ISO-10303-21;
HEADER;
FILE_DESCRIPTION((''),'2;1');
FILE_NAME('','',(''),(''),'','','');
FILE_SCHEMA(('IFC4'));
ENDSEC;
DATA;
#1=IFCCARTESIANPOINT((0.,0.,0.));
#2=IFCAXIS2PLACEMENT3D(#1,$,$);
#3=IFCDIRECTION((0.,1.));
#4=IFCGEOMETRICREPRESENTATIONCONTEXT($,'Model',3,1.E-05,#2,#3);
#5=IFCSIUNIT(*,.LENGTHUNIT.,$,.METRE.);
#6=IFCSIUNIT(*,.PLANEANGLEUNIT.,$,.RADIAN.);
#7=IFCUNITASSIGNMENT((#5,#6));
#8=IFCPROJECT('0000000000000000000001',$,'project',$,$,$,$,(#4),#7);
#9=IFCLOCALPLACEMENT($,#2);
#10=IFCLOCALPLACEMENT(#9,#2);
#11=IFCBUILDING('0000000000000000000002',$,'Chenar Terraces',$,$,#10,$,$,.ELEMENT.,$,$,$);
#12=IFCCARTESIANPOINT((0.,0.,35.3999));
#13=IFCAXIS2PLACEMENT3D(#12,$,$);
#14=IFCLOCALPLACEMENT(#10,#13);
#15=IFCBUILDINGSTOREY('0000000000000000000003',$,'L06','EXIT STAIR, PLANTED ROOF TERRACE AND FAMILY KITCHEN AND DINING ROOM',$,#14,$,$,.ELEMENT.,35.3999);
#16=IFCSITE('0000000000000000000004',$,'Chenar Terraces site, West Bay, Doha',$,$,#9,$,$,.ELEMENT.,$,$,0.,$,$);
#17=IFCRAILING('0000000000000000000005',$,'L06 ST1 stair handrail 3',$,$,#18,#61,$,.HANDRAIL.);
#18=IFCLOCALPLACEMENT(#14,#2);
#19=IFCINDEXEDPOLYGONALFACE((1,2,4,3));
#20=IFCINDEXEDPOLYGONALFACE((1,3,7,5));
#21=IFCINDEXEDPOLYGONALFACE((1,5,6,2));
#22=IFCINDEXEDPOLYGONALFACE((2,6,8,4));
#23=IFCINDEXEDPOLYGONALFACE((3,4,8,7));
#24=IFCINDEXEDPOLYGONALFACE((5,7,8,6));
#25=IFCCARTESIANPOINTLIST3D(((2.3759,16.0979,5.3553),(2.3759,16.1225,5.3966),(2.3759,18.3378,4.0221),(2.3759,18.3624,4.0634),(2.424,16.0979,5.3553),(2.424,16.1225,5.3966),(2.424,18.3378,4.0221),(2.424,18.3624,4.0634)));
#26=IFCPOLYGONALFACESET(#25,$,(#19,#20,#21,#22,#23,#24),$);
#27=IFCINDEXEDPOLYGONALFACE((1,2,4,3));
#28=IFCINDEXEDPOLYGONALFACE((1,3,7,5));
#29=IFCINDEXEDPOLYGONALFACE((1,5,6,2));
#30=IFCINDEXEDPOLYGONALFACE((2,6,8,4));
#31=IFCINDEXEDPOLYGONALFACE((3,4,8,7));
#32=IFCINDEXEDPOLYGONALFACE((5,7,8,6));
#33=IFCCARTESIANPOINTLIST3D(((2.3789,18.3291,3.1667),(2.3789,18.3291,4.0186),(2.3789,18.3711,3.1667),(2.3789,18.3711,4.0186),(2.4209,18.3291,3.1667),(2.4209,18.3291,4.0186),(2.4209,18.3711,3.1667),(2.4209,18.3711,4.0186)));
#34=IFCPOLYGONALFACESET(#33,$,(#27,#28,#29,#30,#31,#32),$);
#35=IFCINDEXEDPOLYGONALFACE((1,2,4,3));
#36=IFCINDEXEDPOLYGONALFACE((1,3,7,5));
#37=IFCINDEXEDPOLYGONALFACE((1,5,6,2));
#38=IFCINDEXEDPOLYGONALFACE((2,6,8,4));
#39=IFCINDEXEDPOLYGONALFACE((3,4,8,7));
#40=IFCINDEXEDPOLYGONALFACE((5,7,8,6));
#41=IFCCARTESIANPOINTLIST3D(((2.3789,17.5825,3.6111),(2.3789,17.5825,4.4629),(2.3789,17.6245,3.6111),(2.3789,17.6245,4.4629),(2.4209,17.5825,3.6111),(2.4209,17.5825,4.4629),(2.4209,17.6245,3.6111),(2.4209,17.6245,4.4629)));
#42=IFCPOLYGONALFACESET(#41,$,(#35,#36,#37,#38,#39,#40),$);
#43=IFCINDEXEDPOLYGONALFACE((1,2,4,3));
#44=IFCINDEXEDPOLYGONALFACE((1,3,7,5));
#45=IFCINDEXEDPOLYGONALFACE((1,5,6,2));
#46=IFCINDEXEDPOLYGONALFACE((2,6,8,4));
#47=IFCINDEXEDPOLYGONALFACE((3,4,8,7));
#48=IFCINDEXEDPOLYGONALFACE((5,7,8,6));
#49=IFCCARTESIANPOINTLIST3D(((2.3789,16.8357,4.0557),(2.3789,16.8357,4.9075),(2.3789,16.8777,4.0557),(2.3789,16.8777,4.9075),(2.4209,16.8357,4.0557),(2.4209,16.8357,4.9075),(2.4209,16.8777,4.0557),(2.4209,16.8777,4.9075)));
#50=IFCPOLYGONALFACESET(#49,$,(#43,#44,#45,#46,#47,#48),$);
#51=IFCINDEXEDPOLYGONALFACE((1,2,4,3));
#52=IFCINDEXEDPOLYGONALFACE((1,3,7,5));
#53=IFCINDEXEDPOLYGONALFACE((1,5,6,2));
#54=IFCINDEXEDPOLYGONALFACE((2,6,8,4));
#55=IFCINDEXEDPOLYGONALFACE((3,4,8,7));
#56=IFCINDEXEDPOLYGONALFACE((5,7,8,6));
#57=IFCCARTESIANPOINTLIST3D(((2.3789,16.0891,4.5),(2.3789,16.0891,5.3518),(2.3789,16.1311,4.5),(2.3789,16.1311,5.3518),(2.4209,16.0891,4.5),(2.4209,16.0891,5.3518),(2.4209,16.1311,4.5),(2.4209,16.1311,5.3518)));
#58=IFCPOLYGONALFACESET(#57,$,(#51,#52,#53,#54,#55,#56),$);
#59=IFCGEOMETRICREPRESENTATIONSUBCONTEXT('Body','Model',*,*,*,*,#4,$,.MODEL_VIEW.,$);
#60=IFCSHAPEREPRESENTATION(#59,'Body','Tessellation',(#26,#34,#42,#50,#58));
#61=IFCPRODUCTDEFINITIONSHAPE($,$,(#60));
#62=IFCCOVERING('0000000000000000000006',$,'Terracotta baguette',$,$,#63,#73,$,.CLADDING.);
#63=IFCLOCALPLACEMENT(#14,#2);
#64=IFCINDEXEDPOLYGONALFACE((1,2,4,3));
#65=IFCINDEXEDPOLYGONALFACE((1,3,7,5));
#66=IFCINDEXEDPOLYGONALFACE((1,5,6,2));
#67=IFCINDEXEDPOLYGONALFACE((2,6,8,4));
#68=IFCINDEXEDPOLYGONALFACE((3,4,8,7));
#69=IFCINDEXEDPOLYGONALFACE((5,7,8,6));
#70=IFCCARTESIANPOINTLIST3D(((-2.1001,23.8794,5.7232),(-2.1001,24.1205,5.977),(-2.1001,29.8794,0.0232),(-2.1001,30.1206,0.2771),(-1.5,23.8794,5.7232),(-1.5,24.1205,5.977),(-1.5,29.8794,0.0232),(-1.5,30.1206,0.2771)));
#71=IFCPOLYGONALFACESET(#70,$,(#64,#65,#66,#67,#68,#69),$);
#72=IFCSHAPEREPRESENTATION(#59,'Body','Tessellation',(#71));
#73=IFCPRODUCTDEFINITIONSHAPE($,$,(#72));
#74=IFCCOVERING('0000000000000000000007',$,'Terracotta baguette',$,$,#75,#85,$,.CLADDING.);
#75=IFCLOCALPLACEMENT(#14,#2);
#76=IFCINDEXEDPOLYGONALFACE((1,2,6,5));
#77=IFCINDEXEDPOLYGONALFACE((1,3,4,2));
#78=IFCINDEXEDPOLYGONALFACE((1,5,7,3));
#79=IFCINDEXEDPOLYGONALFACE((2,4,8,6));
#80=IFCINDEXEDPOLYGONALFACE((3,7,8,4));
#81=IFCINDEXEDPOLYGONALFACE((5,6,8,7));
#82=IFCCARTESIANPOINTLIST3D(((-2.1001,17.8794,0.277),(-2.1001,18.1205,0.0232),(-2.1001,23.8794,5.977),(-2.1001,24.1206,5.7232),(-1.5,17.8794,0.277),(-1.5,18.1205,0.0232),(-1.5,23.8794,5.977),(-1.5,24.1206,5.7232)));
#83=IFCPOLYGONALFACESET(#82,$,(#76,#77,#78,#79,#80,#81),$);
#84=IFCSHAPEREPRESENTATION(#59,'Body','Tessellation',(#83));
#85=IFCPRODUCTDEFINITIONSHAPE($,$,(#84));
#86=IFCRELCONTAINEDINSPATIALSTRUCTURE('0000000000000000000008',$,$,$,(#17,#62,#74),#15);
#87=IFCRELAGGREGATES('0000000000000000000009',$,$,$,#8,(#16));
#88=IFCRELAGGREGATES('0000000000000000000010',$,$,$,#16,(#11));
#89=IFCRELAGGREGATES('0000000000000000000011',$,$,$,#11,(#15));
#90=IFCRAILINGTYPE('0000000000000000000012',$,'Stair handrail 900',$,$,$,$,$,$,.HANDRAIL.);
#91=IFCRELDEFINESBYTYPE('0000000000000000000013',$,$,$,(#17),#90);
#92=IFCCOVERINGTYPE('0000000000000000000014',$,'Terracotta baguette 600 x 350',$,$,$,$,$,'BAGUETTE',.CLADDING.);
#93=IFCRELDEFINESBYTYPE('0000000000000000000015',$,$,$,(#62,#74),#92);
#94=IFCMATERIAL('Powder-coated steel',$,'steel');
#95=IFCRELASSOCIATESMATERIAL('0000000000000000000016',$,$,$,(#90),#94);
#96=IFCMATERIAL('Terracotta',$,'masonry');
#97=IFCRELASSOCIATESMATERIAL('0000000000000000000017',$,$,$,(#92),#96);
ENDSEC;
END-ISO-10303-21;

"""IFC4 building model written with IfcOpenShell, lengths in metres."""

from ifc_helpers import new_model, si_unit, direction, frame, origin, origin_2d, place, context, subcontext, project, spatial, rectangle, extrude, material, material_profile, profile_set, type_object, element, save


model = new_model("IFC4")

# Units and contexts
model_context = context("Model", 3, precision=1e-05, world=origin(), true_north=direction((0.0, 1.0)))
body_context = subcontext(model_context, "Body", "Model", "MODEL_VIEW")
ifc_project = project(units=[si_unit("LENGTHUNIT", "METRE"), si_unit("PLANEANGLEUNIT", "RADIAN")], contexts=[model_context])

# Site, building, storey
site_placement = place(None, origin())
site = spatial("IfcSite", under=ifc_project, at=site_placement, Name="Chenar Terraces site, West Bay, Doha", CompositionType="ELEMENT", RefElevation=0.0)
building_placement = place(site_placement, origin())
building = spatial("IfcBuilding", under=site, at=building_placement, Name="Chenar Terraces", CompositionType="ELEMENT")
storey_placement = place(building_placement, frame((0.0, 0.0, 35.3999)))
storey = spatial("IfcBuildingStorey", under=building, at=storey_placement, Name="L06", Description="EXIT STAIR, PLANTED ROOF TERRACE AND FAMILY KITCHEN AND DINING ROOM", CompositionType="ELEMENT", Elevation=35.3999)

# Railing
ifc_material_1 = material(Name="Powder-coated steel", Category="steel")
railing_type_1 = type_object("IfcRailingType", Name="Stair handrail 900", PredefinedType="HANDRAIL", material=ifc_material_1)
railing_1_placement = place(storey_placement, frame((2.3999, 18.3501, 3.1667)))
element("IfcRailing", 1, at=railing_1_placement, inside=storey, type_object=railing_type_1, Name="L06 ST1 stair handrail 3", PredefinedType="HANDRAIL", context=body_context, shape_type="SweptSolid", body=[
    extrude(rectangle(XDim=0.0481, YDim=0.0481, at=origin_2d()), frame((0.0, 0.0, 0.876), z_axis=(0.0, -0.859306, 0.511462), x_axis=(1.0, 0.0, 0.0)), (0.0, 0.0, 1.0), 2.6067),
    extrude(rectangle(XDim=0.042, YDim=0.042, at=origin_2d()), origin(), (0.0, 0.0, 1.0), 0.8518),
    extrude(rectangle(XDim=0.042, YDim=0.042, at=origin_2d()), frame((0.0, -0.7466, 0.4443)), (0.0, 0.0, 1.0), 0.8518),
    extrude(rectangle(XDim=0.042, YDim=0.042, at=origin_2d()), frame((0.0, -1.4934, 0.8889)), (0.0, 0.0, 1.0), 0.8518),
    extrude(rectangle(XDim=0.042, YDim=0.042, at=origin_2d()), frame((0.0, -2.24, 1.3333)), (0.0, 0.0, 1.0), 0.8518),
])

# Coverings
ifc_material_2 = material(Name="Terracotta", Category="masonry")
ifc_material_profile_1 = material_profile(ifc_material_2, rectangle(XDim=0.6001, YDim=0.3501, at=origin_2d()), Name="Terracotta baguette 600 x 350")
ifc_profile_set_1 = profile_set([ifc_material_profile_1], Name="Terracotta")
covering_type = type_object("IfcCoveringType", Name="Terracotta baguette 600 x 350", ElementType="BAGUETTE", PredefinedType="CLADDING", material=ifc_profile_set_1)
for number, where, z_axis, x_axis, name in (
    (2, (-1.8, 30.0, 0.1501), (0.0, -0.725002, 0.688746), (1.0, 0.0, 0.0), "Terracotta baguette"),
    (3, (-1.8, 24.0, 5.8501), (0.0, -0.725002, -0.688746), (1.0, 0.0, 0.0), "Terracotta baguette"),
):
    element("IfcCovering", number, at=place(storey_placement, frame(where, z_axis=z_axis, x_axis=x_axis)), inside=storey, type_object=covering_type, Name=name, PredefinedType="CLADDING", context=body_context, shape_type="SweptSolid", body=[
        extrude(rectangle(XDim=0.6001, YDim=0.3501, at=origin_2d()), origin(), (0.0, 0.0, 1.0), 8.2759),
    ])

save(model, "model.ifc")
